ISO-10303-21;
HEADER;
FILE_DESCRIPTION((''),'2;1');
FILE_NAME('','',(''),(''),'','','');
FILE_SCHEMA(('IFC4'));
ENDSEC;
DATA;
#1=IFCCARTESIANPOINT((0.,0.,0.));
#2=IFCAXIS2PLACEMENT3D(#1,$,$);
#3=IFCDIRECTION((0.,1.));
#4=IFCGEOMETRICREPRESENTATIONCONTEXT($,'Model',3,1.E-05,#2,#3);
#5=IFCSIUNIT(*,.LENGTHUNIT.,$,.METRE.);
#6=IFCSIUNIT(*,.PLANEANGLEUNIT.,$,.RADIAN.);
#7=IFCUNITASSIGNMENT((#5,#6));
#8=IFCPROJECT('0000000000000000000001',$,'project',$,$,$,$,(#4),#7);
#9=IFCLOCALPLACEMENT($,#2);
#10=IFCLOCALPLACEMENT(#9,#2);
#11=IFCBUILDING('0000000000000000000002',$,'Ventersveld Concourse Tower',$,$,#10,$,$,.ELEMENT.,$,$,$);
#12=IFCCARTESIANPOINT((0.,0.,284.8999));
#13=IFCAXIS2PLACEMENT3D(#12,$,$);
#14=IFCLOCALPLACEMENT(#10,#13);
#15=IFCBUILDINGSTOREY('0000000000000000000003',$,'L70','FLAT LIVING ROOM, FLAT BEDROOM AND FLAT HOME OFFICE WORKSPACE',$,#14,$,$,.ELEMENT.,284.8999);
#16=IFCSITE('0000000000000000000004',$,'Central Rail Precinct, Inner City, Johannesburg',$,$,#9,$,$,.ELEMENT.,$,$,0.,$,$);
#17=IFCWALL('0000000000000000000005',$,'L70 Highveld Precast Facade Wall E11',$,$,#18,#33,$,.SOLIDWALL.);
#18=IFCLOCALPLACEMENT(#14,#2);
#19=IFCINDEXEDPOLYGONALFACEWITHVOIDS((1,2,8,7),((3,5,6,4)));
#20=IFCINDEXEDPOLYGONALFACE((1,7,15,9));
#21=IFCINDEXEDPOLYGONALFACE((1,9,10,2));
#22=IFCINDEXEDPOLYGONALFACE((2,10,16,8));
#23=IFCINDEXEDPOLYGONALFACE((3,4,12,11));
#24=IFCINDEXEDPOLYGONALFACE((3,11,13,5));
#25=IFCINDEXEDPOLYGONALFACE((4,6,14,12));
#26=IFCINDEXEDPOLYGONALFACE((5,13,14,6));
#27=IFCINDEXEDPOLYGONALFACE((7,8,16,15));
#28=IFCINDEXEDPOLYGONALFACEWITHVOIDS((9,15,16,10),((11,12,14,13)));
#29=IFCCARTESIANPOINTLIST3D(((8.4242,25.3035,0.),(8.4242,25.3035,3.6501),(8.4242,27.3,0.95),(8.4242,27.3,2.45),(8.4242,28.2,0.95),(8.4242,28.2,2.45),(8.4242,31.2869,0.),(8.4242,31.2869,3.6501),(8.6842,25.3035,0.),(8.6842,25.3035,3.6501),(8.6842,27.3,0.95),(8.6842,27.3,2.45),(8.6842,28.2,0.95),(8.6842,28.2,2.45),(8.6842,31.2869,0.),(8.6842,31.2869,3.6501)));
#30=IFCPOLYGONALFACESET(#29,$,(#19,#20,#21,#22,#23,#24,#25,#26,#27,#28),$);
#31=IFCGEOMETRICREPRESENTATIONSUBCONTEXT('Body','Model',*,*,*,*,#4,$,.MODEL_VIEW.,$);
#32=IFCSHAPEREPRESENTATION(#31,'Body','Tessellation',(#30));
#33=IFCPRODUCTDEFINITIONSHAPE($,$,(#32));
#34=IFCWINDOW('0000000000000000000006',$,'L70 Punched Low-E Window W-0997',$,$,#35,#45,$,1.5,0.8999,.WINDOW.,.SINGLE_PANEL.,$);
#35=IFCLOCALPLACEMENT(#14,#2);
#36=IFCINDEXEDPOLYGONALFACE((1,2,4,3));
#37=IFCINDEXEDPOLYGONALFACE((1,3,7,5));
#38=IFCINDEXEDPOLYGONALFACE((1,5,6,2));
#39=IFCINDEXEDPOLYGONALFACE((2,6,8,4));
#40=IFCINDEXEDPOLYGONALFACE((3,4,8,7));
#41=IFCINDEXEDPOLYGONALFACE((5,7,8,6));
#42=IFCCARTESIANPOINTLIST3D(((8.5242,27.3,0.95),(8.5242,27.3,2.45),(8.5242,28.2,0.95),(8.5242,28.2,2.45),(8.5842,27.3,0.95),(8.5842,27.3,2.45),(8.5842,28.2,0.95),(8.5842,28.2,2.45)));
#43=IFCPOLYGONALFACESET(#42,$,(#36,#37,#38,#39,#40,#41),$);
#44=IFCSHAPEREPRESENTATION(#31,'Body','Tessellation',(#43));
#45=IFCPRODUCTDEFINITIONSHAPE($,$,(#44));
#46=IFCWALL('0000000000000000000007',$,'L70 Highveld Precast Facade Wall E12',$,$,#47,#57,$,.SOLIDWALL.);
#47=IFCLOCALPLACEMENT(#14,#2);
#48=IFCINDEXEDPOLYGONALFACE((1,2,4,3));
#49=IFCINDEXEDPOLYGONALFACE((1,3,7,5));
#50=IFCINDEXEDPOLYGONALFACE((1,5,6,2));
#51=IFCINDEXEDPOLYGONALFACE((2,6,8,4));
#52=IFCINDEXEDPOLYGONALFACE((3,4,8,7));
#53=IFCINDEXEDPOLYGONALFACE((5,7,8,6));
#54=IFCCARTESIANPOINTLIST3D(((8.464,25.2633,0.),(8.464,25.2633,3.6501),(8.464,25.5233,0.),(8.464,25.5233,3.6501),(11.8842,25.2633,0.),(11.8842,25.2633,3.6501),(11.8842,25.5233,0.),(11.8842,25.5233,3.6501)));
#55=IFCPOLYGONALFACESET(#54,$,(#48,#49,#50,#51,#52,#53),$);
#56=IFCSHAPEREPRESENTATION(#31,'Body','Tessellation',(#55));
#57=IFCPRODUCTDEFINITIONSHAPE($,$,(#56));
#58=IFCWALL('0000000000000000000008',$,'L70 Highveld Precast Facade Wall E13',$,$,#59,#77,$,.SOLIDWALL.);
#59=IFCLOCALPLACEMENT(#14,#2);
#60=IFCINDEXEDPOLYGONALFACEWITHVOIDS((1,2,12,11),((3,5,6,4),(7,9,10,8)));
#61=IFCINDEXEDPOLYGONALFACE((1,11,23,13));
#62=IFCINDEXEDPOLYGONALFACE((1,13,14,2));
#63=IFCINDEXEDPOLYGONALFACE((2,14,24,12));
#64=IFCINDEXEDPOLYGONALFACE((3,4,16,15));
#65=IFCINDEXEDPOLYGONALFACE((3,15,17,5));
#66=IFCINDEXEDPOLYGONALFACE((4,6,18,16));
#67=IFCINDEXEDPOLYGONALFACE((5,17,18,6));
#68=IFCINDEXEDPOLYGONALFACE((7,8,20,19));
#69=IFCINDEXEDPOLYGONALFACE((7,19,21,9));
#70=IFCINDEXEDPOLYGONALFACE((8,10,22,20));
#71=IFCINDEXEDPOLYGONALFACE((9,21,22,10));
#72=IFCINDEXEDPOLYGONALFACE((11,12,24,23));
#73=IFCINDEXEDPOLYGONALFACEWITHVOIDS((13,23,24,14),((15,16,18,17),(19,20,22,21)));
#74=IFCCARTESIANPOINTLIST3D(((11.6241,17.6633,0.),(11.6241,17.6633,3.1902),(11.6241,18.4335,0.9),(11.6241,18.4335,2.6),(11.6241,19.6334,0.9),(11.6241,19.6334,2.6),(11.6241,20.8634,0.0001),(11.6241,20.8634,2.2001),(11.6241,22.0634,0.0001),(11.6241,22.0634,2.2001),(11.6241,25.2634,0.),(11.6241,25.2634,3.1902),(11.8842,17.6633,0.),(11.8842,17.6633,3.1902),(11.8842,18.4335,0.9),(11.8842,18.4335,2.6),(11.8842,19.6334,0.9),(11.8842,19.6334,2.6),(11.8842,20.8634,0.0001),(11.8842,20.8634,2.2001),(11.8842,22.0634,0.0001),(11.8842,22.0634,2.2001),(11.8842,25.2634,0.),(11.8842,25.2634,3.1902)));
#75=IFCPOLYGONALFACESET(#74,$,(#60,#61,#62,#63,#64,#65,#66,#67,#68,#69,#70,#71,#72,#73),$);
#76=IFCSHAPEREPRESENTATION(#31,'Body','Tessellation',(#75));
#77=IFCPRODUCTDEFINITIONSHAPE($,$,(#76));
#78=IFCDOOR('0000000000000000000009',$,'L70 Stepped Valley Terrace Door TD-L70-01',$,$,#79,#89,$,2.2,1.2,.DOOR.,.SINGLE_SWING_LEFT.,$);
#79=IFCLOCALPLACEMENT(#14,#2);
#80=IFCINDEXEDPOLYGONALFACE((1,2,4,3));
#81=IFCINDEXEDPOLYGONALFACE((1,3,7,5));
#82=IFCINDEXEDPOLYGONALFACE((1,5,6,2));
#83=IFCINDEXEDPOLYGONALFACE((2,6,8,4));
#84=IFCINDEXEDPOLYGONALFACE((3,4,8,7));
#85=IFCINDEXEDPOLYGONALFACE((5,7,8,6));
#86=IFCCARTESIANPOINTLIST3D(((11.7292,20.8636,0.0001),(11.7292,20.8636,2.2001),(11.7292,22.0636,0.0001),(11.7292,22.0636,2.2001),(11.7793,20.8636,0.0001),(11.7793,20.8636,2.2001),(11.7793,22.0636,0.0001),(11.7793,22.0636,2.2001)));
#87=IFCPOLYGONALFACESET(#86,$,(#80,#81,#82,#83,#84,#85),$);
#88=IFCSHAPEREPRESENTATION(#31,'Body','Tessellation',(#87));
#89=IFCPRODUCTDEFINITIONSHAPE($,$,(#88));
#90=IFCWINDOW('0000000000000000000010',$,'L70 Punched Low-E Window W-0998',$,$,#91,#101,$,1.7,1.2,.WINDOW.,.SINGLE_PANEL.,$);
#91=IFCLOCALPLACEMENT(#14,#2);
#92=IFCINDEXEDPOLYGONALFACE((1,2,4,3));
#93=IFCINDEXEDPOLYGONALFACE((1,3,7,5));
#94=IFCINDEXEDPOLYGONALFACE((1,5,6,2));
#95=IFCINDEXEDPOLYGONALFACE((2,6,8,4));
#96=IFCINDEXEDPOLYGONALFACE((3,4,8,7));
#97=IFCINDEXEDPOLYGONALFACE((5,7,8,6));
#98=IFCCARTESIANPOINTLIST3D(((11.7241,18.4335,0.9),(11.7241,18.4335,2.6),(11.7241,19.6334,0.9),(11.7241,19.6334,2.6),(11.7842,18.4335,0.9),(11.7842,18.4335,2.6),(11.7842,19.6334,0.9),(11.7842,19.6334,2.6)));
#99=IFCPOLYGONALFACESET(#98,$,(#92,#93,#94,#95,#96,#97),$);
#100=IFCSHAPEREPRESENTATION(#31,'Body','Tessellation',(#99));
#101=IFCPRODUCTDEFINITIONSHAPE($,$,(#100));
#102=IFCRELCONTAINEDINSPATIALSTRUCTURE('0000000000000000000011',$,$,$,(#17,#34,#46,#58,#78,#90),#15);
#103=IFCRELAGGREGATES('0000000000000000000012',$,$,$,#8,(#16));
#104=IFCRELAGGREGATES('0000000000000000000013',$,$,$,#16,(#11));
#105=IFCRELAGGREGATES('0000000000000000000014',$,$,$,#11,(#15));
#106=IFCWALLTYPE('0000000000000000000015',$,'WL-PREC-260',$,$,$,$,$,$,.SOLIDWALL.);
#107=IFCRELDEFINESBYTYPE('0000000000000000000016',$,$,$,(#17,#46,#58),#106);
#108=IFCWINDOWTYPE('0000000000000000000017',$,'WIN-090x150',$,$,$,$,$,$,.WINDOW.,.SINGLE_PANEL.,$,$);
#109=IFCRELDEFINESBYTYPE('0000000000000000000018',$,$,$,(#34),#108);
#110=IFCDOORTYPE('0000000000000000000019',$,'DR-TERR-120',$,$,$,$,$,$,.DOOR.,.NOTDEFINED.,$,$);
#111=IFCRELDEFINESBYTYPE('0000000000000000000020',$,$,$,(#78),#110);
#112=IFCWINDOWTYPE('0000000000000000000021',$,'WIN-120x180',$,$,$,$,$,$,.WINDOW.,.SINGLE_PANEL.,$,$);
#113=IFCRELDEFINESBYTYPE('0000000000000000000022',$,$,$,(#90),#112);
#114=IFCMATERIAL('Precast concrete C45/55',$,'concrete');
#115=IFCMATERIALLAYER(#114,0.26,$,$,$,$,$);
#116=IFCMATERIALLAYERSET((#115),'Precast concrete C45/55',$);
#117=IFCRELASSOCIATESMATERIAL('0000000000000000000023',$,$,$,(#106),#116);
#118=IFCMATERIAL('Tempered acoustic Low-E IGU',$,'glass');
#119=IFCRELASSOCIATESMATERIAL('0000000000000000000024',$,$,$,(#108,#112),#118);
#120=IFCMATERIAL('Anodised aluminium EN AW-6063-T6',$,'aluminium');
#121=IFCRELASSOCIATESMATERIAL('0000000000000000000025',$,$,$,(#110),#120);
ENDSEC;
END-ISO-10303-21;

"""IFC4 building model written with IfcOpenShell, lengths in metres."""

from ifc_helpers import new_model, si_unit, direction, frame, frame_2d, origin, place, context, subcontext, project, spatial, rectangle, extrude, material, layer, layer_set, type_object, element, fill, save


model = new_model("IFC4")

# Units and contexts
model_context = context("Model", 3, precision=1e-05, world=origin(), true_north=direction((0.0, 1.0)))
body_context = subcontext(model_context, "Body", "Model", "MODEL_VIEW")
ifc_project = project(units=[si_unit("LENGTHUNIT", "METRE"), si_unit("PLANEANGLEUNIT", "RADIAN")], contexts=[model_context])

# Site, building, storey
site_placement = place(None, origin())
site = spatial("IfcSite", under=ifc_project, at=site_placement, Name="Central Rail Precinct, Inner City, Johannesburg", CompositionType="ELEMENT", RefElevation=0.0)
building_placement = place(site_placement, origin())
building = spatial("IfcBuilding", under=site, at=building_placement, Name="Ventersveld Concourse Tower", CompositionType="ELEMENT")
storey_placement = place(building_placement, frame((0.0, 0.0, 284.8999)))
storey = spatial("IfcBuildingStorey", under=building, at=storey_placement, Name="L70", Description="FLAT LIVING ROOM, FLAT BEDROOM AND FLAT HOME OFFICE WORKSPACE", CompositionType="ELEMENT", Elevation=284.8999)

# Shared definitions
ifc_material_1 = material(Name="Precast concrete C45/55", Category="concrete")
ifc_layer_1 = layer(ifc_material_1, 0.26)
ifc_layer_set_1 = layer_set([ifc_layer_1], Name="Precast concrete C45/55")
wall_type_1 = type_object("IfcWallType", Name="WL-PREC-260", PredefinedType="SOLIDWALL", material=ifc_layer_set_1)

# Wall, opening, window
wall_1_placement = place(storey_placement, frame((8.5542, 31.2869, 0.0), z_axis=(0.0, 0.0, 1.0), x_axis=(0.0, -1.0, 0.0)))
wall_1 = element("IfcWall", 1, at=wall_1_placement, inside=storey, type_object=wall_type_1, Name="L70 Highveld Precast Facade Wall E11", PredefinedType="SOLIDWALL", context=body_context, shape_type="SweptSolid", body=[
    extrude(rectangle(XDim=5.9834, YDim=0.26, at=frame_2d((2.9917, 0.0))), origin(), (0.0, 0.0, 1.0), 3.6501),
])
opening_1_placement = place(wall_1_placement, frame((3.0869, 0.0, 0.95)))
opening_1 = element("IfcOpeningElement", 2, at=opening_1_placement, cuts=wall_1, PredefinedType="OPENING", context=body_context, shape_type="SweptSolid", body=[
    extrude(rectangle(XDim=0.8999, YDim=1.5, at=frame_2d((0.45, 0.75))), frame((0.0, 0.1401, 0.0), z_axis=(0.0, -1.0, 0.0), x_axis=(1.0, 0.0, 0.0)), (0.0, 0.0, 1.0), 0.28),
])
ifc_material_2 = material(Name="Tempered acoustic Low-E IGU", Category="glass")
window_type_1 = type_object("IfcWindowType", Name="WIN-090x150", PartitioningType="SINGLE_PANEL", PredefinedType="WINDOW", material=ifc_material_2)
window_1_placement = place(opening_1_placement, origin())
window_1 = element("IfcWindow", 3, at=window_1_placement, inside=storey, type_object=window_type_1, Name="L70 Punched Low-E Window W-0997", OverallHeight=1.5, OverallWidth=0.8999, PartitioningType="SINGLE_PANEL", PredefinedType="WINDOW", context=body_context, shape_type="SweptSolid", body=[
    extrude(rectangle(XDim=0.8999, YDim=1.5, at=frame_2d((0.45, 0.75))), frame((0.0, 0.03, 0.0), z_axis=(0.0, -1.0, 0.0), x_axis=(1.0, 0.0, 0.0)), (0.0, 0.0, 1.0), 0.0601),
])
fill(opening_1, window_1)

# Wall
wall_2_placement = place(storey_placement, frame((8.4641, 25.3933, 0.0), z_axis=(0.0, 0.0, 1.0), x_axis=(1.0, 0.0, 0.0)))
element("IfcWall", 4, at=wall_2_placement, inside=storey, type_object=wall_type_1, Name="L70 Highveld Precast Facade Wall E12", PredefinedType="SOLIDWALL", context=body_context, shape_type="SweptSolid", body=[
    extrude(rectangle(XDim=3.4202, YDim=0.26, at=frame_2d((1.71, 0.0))), origin(), (0.0, 0.0, 1.0), 3.6501),
])

# Wall, openings, door, window
wall_3_placement = place(storey_placement, frame((11.7542, 25.2634, 0.0), z_axis=(0.0, 0.0, 1.0), x_axis=(0.0, -1.0, 0.0)))
wall_3 = element("IfcWall", 5, at=wall_3_placement, inside=storey, type_object=wall_type_1, Name="L70 Highveld Precast Facade Wall E13", PredefinedType="SOLIDWALL", context=body_context, shape_type="SweptSolid", body=[
    extrude(rectangle(XDim=7.6001, YDim=0.26, at=frame_2d((3.8, 0.0))), origin(), (0.0, 0.0, 1.0), 3.1902),
])
opening_2_placement = place(wall_3_placement, frame((3.2, 0.0, 0.0)))
opening_2 = element("IfcOpeningElement", 6, at=opening_2_placement, cuts=wall_3, PredefinedType="OPENING", context=body_context, shape_type="SweptSolid", body=[
    extrude(rectangle(XDim=1.2, YDim=2.2, at=frame_2d((0.6001, 1.1001))), frame((0.0, 0.1401, 0.0), z_axis=(0.0, -1.0, 0.0), x_axis=(1.0, 0.0, 0.0)), (0.0, 0.0, 1.0), 0.28),
])
opening_3_placement = place(wall_3_placement, frame((5.6299, 0.0, 0.8999)))
opening_3 = element("IfcOpeningElement", 7, at=opening_3_placement, cuts=wall_3, PredefinedType="OPENING", context=body_context, shape_type="SweptSolid", body=[
    extrude(rectangle(XDim=1.2, YDim=1.7, at=frame_2d((0.6001, 0.8501))), frame((0.0, 0.1401, 0.0), z_axis=(0.0, -1.0, 0.0), x_axis=(1.0, 0.0, 0.0)), (0.0, 0.0, 1.0), 0.28),
])
ifc_material_3 = material(Name="Anodised aluminium EN AW-6063-T6", Category="aluminium")
door_type_1 = type_object("IfcDoorType", Name="DR-TERR-120", OperationType="NOTDEFINED", PredefinedType="DOOR", material=ifc_material_3)
door_1_placement = place(opening_2_placement, frame((1.2, 0.0, 0.0), z_axis=(0.0, 0.0, 1.0), x_axis=(-1.0, 0.0, 0.0)))
door_1 = element("IfcDoor", 8, at=door_1_placement, inside=storey, type_object=door_type_1, Name="L70 Stepped Valley Terrace Door TD-L70-01", OperationType="SINGLE_SWING_LEFT", OverallHeight=2.2, OverallWidth=1.2, PredefinedType="DOOR", context=body_context, shape_type="SweptSolid", body=[
    extrude(rectangle(XDim=1.2, YDim=2.2, at=frame_2d((0.6001, 1.1001))), frame((0.0, 0.0249, 0.0), z_axis=(0.0, -1.0, 0.0), x_axis=(1.0, 0.0, 0.0)), (0.0, 0.0, 1.0), 0.05),
])
fill(opening_2, door_1)
window_type_2 = type_object("IfcWindowType", Name="WIN-120x180", PartitioningType="SINGLE_PANEL", PredefinedType="WINDOW", material=ifc_material_2)
window_2_placement = place(opening_3_placement, origin())
window_2 = element("IfcWindow", 9, at=window_2_placement, inside=storey, type_object=window_type_2, Name="L70 Punched Low-E Window W-0998", OverallHeight=1.7, OverallWidth=1.2, PartitioningType="SINGLE_PANEL", PredefinedType="WINDOW", context=body_context, shape_type="SweptSolid", body=[
    extrude(rectangle(XDim=1.2, YDim=1.7, at=frame_2d((0.6001, 0.8501))), frame((0.0, 0.03, 0.0), z_axis=(0.0, -1.0, 0.0), x_axis=(1.0, 0.0, 0.0)), (0.0, 0.0, 1.0), 0.0601),
])
fill(opening_3, window_2)

save(model, "model.ifc")
